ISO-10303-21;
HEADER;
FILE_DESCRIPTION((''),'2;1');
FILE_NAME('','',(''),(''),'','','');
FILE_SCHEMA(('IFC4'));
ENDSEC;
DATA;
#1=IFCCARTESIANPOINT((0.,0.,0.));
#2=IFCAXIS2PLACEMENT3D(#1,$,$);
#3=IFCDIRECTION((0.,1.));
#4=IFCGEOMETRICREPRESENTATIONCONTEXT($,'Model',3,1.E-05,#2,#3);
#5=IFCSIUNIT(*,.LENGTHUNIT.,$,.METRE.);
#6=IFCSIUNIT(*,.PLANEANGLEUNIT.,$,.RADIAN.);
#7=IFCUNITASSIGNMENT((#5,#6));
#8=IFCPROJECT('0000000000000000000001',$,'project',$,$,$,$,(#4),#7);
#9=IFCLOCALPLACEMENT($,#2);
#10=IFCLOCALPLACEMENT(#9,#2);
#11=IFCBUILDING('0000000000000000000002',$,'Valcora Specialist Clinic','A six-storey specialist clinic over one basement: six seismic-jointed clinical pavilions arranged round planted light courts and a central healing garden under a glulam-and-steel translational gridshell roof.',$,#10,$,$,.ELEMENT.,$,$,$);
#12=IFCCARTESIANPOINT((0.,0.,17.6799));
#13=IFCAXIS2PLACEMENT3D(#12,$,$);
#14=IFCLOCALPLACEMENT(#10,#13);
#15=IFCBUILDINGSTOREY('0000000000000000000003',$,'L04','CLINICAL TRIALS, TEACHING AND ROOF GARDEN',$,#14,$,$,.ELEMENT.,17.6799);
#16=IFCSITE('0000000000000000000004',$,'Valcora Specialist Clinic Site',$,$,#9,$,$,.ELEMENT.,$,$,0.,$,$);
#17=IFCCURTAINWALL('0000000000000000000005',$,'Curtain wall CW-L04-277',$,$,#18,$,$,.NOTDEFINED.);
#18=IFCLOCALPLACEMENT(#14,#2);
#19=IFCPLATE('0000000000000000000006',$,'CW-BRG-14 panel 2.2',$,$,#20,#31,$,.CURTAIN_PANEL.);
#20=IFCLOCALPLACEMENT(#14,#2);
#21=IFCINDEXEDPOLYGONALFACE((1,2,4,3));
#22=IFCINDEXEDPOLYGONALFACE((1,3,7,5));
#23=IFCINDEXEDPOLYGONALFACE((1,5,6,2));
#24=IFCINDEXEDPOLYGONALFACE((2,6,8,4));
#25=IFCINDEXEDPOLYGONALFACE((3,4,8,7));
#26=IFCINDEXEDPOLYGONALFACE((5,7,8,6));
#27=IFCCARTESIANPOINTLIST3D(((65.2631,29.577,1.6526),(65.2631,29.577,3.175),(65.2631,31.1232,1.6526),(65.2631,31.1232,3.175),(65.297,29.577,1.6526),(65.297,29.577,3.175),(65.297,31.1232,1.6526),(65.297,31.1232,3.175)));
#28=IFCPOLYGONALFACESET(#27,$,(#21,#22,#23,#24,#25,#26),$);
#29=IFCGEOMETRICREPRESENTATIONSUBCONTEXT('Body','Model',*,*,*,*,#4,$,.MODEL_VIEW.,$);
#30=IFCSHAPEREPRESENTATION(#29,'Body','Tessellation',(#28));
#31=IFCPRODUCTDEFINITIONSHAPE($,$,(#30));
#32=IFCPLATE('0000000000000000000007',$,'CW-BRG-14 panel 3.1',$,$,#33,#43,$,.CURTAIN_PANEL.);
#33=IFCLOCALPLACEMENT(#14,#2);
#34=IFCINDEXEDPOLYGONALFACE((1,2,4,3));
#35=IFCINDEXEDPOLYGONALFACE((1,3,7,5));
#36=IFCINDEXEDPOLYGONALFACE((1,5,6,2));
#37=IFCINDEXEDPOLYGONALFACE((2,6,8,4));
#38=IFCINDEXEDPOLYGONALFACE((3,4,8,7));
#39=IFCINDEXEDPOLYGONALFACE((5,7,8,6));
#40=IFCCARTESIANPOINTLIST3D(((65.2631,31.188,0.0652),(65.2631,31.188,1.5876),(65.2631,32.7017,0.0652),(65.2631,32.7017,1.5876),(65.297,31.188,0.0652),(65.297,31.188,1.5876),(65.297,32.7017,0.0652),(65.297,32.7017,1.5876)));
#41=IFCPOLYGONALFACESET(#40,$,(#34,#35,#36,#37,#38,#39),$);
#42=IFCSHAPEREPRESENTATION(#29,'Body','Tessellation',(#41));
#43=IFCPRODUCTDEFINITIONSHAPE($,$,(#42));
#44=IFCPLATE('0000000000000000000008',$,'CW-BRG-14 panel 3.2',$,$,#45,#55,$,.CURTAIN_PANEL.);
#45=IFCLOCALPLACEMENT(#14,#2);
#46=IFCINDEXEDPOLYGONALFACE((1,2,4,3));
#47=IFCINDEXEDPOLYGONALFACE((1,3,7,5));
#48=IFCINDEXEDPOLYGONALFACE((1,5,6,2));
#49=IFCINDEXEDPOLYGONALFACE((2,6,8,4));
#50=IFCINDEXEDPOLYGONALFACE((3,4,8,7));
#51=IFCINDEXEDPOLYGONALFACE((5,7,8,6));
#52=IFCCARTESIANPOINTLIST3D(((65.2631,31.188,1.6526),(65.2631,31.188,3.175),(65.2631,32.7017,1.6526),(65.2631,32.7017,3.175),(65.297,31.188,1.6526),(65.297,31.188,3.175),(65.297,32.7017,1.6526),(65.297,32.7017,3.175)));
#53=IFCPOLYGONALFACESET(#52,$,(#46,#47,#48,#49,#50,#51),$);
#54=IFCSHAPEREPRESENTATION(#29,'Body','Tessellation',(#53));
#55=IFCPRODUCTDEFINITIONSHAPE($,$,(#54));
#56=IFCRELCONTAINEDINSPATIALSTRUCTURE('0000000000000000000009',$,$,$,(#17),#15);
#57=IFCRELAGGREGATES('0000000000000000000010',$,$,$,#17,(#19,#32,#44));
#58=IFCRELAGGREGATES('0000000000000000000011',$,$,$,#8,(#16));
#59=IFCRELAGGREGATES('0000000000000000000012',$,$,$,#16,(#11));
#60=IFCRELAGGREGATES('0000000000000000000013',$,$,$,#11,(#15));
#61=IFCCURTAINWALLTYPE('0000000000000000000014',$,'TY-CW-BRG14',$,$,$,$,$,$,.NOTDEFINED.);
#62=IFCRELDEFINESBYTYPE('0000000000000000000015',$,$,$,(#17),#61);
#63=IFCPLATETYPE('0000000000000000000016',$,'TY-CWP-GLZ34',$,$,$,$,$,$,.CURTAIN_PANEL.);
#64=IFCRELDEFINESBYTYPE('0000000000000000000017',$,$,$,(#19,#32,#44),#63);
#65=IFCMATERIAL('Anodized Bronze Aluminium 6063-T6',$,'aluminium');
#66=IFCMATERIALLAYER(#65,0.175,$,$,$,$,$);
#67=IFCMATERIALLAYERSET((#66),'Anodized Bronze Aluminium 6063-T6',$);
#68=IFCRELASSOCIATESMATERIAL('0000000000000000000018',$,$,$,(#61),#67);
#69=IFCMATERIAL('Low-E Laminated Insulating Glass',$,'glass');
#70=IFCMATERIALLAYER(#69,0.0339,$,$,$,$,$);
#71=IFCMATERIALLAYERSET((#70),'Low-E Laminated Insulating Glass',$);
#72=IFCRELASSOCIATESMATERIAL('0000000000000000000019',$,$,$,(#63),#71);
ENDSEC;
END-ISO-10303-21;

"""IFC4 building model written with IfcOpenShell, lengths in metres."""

from ifc_helpers import new_model, si_unit, direction, frame, origin, origin_2d, place, context, subcontext, project, spatial, rectangle, extrude, material, layer, layer_set, type_object, element, aggregate, save


model = new_model("IFC4")

# Units and contexts
model_context = context("Model", 3, precision=1e-05, world=origin(), true_north=direction((0.0, 1.0)))
body_context = subcontext(model_context, "Body", "Model", "MODEL_VIEW")
ifc_project = project(units=[si_unit("LENGTHUNIT", "METRE"), si_unit("PLANEANGLEUNIT", "RADIAN")], contexts=[model_context])

# Site, building, storey
site_placement = place(None, origin())
site = spatial("IfcSite", under=ifc_project, at=site_placement, Name="Valcora Specialist Clinic Site", CompositionType="ELEMENT", RefElevation=0.0)
building_placement = place(site_placement, origin())
building = spatial("IfcBuilding", under=site, at=building_placement, Name="Valcora Specialist Clinic", Description="A six-storey specialist clinic over one basement: six seismic-jointed clinical pavilions arranged round planted light courts and a central healing garden under a glulam-and-steel translational gridshell roof.", CompositionType="ELEMENT")
storey_placement = place(building_placement, frame((0.0, 0.0, 17.6799)))
storey = spatial("IfcBuildingStorey", under=building, at=storey_placement, Name="L04", Description="CLINICAL TRIALS, TEACHING AND ROOF GARDEN", CompositionType="ELEMENT", Elevation=17.6799)

# Curtain wall
ifc_material_1 = material(Name="Anodized Bronze Aluminium 6063-T6", Category="aluminium")
ifc_layer_1 = layer(ifc_material_1, 0.175)
ifc_layer_set_1 = layer_set([ifc_layer_1], Name="Anodized Bronze Aluminium 6063-T6")
curtain_wall_type = type_object("IfcCurtainWallType", Name="TY-CW-BRG14", PredefinedType="NOTDEFINED", material=ifc_layer_set_1)
curtain_wall_1_placement = place(storey_placement, origin())
curtain_wall_1 = element("IfcCurtainWall", 1, at=curtain_wall_1_placement, inside=storey, type_object=curtain_wall_type, Name="Curtain wall CW-L04-277", PredefinedType="NOTDEFINED")

# Plates
ifc_material_2 = material(Name="Low-E Laminated Insulating Glass", Category="glass")
ifc_layer_2 = layer(ifc_material_2, 0.0339)
ifc_layer_set_2 = layer_set([ifc_layer_2], Name="Low-E Laminated Insulating Glass")
plate_type_1 = type_object("IfcPlateType", Name="TY-CWP-GLZ34", PredefinedType="CURTAIN_PANEL", material=ifc_layer_set_2)
plate_1_placement = place(storey_placement, frame((65.28, 30.3501, 1.6526), z_axis=(0.0, 0.0, 1.0), x_axis=(0.0, 1.0, 0.0)))
plate_1 = element("IfcPlate", 2, at=plate_1_placement, type_object=plate_type_1, Name="CW-BRG-14 panel 2.2", PredefinedType="CURTAIN_PANEL", context=body_context, shape_type="SweptSolid", body=[
    extrude(rectangle(XDim=1.5461, YDim=0.0339, at=origin_2d()), origin(), (0.0, 0.0, 1.0), 1.5225),
])
plate_2_placement = place(storey_placement, frame((65.28, 31.9448, 0.0652), z_axis=(0.0, 0.0, 1.0), x_axis=(0.0, 1.0, 0.0)))
plate_2 = element("IfcPlate", 3, at=plate_2_placement, type_object=plate_type_1, Name="CW-BRG-14 panel 3.1", PredefinedType="CURTAIN_PANEL", context=body_context, shape_type="SweptSolid", body=[
    extrude(rectangle(XDim=1.5137, YDim=0.0339, at=origin_2d()), origin(), (0.0, 0.0, 1.0), 1.5225),
])
plate_3_placement = place(storey_placement, frame((65.28, 31.9448, 1.6526), z_axis=(0.0, 0.0, 1.0), x_axis=(0.0, 1.0, 0.0)))
plate_3 = element("IfcPlate", 4, at=plate_3_placement, type_object=plate_type_1, Name="CW-BRG-14 panel 3.2", PredefinedType="CURTAIN_PANEL", context=body_context, shape_type="SweptSolid", body=[
    extrude(rectangle(XDim=1.5137, YDim=0.0339, at=origin_2d()), origin(), (0.0, 0.0, 1.0), 1.5225),
])
aggregate(curtain_wall_1, [plate_1, plate_2, plate_3])

save(model, "model.ifc")
